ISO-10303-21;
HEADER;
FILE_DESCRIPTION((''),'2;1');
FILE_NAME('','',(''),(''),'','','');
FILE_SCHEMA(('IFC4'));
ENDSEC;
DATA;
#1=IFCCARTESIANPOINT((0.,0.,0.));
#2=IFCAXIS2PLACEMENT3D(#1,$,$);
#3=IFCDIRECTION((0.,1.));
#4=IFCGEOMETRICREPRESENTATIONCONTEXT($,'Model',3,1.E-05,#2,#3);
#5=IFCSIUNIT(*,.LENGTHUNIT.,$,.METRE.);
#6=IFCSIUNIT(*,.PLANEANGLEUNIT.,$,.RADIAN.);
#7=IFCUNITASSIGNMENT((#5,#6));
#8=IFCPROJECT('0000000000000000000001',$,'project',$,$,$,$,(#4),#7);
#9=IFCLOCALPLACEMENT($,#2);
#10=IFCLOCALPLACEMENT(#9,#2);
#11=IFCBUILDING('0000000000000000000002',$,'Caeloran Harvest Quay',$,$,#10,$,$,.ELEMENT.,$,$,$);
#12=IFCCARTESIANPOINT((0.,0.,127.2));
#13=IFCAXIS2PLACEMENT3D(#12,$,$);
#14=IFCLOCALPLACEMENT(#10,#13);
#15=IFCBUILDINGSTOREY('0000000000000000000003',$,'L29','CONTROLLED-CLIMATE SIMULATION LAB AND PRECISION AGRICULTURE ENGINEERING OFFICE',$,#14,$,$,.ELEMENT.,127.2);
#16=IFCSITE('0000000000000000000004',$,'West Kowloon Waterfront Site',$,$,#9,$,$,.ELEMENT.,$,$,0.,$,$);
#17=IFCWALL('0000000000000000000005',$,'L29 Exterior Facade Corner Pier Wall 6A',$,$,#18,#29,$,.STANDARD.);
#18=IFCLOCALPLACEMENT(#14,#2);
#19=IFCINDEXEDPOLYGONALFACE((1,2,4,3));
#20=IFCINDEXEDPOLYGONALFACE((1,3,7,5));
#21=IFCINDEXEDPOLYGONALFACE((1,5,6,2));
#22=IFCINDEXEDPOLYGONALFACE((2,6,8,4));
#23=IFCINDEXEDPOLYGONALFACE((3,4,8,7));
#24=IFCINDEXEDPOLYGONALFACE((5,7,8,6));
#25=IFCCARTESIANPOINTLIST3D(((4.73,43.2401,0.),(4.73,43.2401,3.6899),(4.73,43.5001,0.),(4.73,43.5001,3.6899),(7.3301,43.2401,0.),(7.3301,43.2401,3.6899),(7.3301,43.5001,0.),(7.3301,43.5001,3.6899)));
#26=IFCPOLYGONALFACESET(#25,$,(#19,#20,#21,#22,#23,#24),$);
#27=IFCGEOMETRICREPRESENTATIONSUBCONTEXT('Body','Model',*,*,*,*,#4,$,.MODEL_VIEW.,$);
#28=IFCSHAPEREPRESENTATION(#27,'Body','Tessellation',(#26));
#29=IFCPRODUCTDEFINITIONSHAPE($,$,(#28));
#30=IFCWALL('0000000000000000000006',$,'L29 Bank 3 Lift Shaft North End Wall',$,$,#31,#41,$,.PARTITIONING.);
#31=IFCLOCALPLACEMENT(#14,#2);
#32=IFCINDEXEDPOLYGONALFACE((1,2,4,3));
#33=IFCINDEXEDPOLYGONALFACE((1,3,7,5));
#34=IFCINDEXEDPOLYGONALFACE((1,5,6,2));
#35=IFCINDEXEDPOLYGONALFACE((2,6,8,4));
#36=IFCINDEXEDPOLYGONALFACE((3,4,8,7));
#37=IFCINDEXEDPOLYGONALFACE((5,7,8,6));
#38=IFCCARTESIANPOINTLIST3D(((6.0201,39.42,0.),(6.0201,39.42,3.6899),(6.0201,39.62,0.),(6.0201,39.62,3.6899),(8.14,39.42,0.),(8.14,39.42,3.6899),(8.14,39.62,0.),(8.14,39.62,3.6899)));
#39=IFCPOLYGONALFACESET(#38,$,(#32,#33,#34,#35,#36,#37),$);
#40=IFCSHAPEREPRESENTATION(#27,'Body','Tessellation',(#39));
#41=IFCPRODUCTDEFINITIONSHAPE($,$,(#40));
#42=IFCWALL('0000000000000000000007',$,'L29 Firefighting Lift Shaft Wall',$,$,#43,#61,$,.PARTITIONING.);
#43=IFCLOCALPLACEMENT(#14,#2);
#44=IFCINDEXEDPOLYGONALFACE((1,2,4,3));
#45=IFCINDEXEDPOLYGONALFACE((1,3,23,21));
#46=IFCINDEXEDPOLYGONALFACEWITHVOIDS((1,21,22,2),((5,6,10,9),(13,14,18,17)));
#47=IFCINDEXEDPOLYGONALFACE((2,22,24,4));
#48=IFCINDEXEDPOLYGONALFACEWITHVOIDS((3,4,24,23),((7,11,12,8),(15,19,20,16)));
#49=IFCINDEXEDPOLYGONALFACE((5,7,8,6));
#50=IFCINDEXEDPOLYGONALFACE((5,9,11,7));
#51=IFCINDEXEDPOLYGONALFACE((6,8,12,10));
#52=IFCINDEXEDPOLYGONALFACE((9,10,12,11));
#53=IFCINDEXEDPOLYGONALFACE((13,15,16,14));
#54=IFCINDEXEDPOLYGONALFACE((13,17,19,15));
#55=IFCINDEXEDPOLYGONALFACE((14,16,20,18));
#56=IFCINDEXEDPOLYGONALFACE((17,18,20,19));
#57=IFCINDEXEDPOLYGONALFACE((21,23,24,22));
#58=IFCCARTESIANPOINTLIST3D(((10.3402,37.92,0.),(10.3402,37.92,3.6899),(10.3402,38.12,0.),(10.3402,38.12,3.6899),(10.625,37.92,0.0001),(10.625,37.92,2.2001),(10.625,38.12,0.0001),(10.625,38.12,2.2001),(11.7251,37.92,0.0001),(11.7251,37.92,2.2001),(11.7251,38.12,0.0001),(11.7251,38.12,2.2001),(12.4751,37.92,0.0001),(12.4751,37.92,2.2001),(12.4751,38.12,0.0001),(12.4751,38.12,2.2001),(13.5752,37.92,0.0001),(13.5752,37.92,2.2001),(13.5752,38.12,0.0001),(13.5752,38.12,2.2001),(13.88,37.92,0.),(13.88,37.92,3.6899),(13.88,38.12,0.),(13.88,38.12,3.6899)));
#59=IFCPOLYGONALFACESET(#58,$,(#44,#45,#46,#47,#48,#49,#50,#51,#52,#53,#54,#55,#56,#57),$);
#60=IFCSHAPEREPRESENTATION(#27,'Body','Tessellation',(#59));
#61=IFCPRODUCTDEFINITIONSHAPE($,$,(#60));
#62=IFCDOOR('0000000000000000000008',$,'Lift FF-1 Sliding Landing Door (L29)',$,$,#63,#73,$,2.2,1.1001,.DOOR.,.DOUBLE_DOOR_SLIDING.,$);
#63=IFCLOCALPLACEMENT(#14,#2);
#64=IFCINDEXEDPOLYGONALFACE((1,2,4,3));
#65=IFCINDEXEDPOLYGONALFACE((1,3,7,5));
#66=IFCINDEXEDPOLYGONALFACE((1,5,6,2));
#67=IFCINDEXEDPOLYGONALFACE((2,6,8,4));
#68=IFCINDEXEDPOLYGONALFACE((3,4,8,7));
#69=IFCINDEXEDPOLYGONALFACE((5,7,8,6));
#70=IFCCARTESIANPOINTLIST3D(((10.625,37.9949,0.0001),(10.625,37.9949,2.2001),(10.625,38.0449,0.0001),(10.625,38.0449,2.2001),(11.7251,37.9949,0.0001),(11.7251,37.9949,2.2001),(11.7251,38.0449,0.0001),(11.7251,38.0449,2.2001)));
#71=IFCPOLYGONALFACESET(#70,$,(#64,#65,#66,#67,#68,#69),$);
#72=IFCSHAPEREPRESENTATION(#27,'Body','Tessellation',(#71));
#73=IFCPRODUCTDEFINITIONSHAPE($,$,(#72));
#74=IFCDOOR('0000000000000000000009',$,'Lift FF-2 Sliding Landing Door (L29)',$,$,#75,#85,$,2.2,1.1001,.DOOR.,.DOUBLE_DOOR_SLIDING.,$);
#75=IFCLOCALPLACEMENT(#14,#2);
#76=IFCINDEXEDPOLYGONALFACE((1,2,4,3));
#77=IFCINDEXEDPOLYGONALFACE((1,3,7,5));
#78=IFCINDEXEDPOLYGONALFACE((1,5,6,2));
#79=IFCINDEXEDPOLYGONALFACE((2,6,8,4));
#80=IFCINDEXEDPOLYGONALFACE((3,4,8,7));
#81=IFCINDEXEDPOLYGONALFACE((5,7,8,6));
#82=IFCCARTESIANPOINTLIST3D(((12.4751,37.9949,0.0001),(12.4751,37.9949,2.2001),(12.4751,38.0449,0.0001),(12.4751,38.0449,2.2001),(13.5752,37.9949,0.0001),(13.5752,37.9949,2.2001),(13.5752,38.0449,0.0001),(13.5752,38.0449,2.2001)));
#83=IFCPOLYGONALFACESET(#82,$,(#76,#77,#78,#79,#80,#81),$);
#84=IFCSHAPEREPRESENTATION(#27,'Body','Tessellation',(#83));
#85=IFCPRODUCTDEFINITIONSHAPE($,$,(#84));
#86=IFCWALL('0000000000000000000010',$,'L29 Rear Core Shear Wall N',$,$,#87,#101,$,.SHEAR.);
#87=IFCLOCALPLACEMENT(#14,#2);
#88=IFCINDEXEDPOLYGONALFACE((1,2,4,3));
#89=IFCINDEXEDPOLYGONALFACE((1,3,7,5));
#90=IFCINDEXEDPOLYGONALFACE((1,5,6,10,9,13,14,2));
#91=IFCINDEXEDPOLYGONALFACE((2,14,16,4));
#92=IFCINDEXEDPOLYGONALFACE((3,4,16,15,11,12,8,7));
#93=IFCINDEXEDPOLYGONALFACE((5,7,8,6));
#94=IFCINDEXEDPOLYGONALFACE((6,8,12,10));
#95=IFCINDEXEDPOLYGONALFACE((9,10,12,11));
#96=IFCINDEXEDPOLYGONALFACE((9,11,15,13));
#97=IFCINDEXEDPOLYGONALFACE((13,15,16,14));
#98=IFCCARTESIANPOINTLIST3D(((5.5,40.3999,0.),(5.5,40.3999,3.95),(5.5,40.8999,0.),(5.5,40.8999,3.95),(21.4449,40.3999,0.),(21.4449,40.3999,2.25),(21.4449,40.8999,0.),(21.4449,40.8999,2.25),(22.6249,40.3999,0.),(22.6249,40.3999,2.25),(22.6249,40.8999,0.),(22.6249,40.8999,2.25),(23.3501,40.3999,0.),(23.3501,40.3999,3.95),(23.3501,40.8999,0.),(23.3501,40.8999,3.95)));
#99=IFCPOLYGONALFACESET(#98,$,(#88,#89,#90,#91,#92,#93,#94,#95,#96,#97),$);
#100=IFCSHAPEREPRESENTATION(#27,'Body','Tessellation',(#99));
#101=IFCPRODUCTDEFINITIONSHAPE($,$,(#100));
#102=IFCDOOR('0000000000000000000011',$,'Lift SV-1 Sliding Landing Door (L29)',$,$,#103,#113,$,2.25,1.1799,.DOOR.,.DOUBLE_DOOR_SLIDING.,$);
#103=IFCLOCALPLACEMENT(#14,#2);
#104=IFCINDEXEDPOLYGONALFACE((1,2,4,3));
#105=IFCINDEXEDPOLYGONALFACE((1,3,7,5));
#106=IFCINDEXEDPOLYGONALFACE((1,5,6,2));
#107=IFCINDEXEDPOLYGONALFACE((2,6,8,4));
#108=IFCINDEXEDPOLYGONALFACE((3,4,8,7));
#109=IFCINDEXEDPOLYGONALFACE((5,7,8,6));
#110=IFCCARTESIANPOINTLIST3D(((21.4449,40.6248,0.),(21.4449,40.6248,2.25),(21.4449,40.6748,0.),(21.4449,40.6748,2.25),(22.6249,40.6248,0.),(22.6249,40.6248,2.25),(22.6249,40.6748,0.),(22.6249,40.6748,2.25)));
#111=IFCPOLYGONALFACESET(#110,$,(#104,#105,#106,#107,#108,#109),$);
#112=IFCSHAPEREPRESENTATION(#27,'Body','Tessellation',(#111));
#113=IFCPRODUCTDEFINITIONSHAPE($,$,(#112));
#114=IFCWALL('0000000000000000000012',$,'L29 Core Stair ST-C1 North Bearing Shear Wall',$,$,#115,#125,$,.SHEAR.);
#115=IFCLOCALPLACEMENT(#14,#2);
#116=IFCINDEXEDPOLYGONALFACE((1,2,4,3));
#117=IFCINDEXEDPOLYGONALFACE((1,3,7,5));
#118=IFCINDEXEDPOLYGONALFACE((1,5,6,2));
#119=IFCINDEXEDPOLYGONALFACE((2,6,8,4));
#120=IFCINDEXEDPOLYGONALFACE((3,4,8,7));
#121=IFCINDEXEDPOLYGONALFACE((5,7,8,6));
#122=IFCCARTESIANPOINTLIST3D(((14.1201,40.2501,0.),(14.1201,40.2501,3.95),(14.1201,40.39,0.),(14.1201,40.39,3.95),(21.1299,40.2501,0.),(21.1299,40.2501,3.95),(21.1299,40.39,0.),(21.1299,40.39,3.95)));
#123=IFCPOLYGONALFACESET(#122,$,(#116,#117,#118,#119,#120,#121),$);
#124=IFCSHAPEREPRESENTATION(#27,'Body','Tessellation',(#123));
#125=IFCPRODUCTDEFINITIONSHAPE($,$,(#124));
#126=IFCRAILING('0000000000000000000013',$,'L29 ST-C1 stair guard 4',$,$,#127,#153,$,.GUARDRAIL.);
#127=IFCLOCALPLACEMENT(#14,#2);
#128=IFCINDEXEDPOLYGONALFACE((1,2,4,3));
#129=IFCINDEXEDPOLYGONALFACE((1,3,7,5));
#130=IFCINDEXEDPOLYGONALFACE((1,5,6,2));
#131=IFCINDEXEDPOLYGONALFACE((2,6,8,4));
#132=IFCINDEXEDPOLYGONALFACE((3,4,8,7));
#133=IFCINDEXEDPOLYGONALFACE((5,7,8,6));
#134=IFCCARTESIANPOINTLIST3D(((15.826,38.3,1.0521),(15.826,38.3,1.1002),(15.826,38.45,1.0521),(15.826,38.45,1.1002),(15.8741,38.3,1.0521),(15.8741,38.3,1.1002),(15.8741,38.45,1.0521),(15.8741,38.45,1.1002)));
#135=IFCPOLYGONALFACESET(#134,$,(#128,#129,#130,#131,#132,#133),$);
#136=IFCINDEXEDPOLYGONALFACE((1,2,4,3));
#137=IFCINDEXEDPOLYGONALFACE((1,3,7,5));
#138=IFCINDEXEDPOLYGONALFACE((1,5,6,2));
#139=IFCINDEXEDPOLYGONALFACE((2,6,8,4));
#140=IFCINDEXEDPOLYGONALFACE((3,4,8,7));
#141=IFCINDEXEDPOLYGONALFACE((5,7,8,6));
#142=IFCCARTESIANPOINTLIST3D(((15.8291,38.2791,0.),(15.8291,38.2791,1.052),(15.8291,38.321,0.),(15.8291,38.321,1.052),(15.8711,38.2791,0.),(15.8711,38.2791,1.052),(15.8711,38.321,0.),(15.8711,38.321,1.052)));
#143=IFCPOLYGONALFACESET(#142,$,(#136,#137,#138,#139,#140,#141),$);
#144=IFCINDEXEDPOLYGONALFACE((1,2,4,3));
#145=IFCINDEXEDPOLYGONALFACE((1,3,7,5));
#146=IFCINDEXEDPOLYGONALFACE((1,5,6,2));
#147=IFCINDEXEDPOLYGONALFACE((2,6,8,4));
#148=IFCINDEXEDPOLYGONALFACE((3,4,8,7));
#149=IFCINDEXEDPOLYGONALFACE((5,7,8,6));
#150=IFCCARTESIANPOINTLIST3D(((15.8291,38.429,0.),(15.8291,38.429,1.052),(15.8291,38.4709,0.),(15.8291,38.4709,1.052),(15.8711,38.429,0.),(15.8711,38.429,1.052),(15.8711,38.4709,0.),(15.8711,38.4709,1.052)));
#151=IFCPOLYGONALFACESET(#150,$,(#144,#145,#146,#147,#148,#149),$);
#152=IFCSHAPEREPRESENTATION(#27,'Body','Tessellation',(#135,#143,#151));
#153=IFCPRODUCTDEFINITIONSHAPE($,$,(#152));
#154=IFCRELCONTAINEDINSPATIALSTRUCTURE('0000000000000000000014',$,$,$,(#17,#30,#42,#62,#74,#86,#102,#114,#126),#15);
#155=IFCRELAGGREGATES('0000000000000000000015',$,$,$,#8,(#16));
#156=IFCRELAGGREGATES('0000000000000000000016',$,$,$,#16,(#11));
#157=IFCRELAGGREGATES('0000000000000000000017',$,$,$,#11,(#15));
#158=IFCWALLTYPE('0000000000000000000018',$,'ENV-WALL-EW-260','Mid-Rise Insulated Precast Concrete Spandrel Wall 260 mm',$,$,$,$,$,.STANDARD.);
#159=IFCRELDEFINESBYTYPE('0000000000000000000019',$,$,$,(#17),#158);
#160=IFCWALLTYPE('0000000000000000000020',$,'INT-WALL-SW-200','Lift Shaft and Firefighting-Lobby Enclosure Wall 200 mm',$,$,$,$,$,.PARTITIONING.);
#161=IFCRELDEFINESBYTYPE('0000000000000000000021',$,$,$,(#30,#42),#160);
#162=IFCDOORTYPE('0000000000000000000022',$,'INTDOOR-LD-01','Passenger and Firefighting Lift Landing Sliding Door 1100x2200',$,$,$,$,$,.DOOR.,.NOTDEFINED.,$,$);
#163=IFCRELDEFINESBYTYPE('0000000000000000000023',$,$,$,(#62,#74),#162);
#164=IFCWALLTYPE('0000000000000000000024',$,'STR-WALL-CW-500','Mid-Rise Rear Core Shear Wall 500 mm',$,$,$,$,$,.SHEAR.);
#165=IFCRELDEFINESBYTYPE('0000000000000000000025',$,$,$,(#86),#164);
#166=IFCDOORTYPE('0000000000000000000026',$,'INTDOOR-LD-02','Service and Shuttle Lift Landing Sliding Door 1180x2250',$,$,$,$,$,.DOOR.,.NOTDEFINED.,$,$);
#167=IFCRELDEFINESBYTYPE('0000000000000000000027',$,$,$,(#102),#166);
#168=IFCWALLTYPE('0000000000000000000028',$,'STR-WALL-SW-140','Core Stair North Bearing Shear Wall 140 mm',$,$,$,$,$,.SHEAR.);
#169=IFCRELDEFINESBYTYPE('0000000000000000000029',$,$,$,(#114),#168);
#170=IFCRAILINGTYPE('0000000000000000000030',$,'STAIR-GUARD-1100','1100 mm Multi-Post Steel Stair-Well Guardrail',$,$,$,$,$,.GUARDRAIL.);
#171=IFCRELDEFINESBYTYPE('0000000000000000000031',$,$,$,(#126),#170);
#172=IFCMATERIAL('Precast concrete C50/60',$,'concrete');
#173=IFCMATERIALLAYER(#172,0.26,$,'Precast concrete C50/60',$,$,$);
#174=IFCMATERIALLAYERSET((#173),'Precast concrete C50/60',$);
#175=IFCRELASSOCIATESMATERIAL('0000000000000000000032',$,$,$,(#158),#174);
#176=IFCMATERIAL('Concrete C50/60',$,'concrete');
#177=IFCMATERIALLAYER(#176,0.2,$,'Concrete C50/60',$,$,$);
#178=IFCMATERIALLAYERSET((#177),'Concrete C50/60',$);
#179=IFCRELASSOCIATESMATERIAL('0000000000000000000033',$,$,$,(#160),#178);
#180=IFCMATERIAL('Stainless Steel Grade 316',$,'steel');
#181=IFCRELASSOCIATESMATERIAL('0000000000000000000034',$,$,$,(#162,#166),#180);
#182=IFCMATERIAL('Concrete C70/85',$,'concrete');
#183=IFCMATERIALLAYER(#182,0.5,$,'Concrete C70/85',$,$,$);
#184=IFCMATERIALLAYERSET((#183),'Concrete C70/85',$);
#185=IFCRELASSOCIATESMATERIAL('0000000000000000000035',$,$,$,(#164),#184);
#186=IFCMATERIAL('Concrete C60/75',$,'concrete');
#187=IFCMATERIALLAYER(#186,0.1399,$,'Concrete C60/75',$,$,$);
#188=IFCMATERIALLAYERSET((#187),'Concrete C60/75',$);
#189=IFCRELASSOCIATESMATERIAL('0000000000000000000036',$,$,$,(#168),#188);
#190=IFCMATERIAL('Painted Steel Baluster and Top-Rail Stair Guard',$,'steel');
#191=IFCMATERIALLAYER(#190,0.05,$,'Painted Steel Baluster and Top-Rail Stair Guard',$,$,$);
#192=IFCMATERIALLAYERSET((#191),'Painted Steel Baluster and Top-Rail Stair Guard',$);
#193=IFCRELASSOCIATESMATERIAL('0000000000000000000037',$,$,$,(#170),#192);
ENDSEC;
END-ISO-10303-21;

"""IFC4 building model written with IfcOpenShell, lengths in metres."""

from ifc_helpers import new_model, si_unit, direction, frame, frame_2d, origin, origin_2d, place, context, subcontext, project, spatial, rectangle, extrude, material, layer, layer_set, type_object, element, fill, save


model = new_model("IFC4")

# Units and contexts
model_context = context("Model", 3, precision=1e-05, world=origin(), true_north=direction((0.0, 1.0)))
body_context = subcontext(model_context, "Body", "Model", "MODEL_VIEW")
ifc_project = project(units=[si_unit("LENGTHUNIT", "METRE"), si_unit("PLANEANGLEUNIT", "RADIAN")], contexts=[model_context])

# Site, building, storey
site_placement = place(None, origin())
site = spatial("IfcSite", under=ifc_project, at=site_placement, Name="West Kowloon Waterfront Site", CompositionType="ELEMENT", RefElevation=0.0)
building_placement = place(site_placement, origin())
building = spatial("IfcBuilding", under=site, at=building_placement, Name="Caeloran Harvest Quay", CompositionType="ELEMENT")
storey_placement = place(building_placement, frame((0.0, 0.0, 127.2)))
storey = spatial("IfcBuildingStorey", under=building, at=storey_placement, Name="L29", Description="CONTROLLED-CLIMATE SIMULATION LAB AND PRECISION AGRICULTURE ENGINEERING OFFICE", CompositionType="ELEMENT", Elevation=127.2)

# Walls
ifc_material_1 = material(Name="Precast concrete C50/60", Category="concrete")
ifc_layer_1 = layer(ifc_material_1, 0.26, Name="Precast concrete C50/60")
ifc_layer_set_1 = layer_set([ifc_layer_1], Name="Precast concrete C50/60")
wall_type_1 = type_object("IfcWallType", Name="ENV-WALL-EW-260", Description="Mid-Rise Insulated Precast Concrete Spandrel Wall 260 mm", PredefinedType="STANDARD", material=ifc_layer_set_1)
wall_1_placement = place(storey_placement, frame((4.73, 43.3701, 0.0), z_axis=(0.0, 0.0, 1.0), x_axis=(1.0, 0.0, 0.0)))
element("IfcWall", 1, at=wall_1_placement, inside=storey, type_object=wall_type_1, Name="L29 Exterior Facade Corner Pier Wall 6A", PredefinedType="STANDARD", context=body_context, shape_type="SweptSolid", body=[
    extrude(rectangle(XDim=2.6001, YDim=0.26, at=frame_2d((1.3, 0.0))), origin(), (0.0, 0.0, 1.0), 3.6899),
])
ifc_material_2 = material(Name="Concrete C50/60", Category="concrete")
ifc_layer_2 = layer(ifc_material_2, 0.2, Name="Concrete C50/60")
ifc_layer_set_2 = layer_set([ifc_layer_2], Name="Concrete C50/60")
wall_type_2 = type_object("IfcWallType", Name="INT-WALL-SW-200", Description="Lift Shaft and Firefighting-Lobby Enclosure Wall 200 mm", PredefinedType="PARTITIONING", material=ifc_layer_set_2)
wall_2_placement = place(storey_placement, frame((6.02, 39.52, 0.0), z_axis=(0.0, 0.0, 1.0), x_axis=(1.0, 0.0, 0.0)))
element("IfcWall", 2, at=wall_2_placement, inside=storey, type_object=wall_type_2, Name="L29 Bank 3 Lift Shaft North End Wall", PredefinedType="PARTITIONING", context=body_context, shape_type="SweptSolid", body=[
    extrude(rectangle(XDim=2.1199, YDim=0.2, at=frame_2d((1.0601, 0.0))), origin(), (0.0, 0.0, 1.0), 3.6899),
])

# Wall, openings, doors
wall_3_placement = place(storey_placement, frame((10.3401, 38.02, 0.0), z_axis=(0.0, 0.0, 1.0), x_axis=(1.0, 0.0, 0.0)))
wall_3 = element("IfcWall", 3, at=wall_3_placement, inside=storey, type_object=wall_type_2, Name="L29 Firefighting Lift Shaft Wall", PredefinedType="PARTITIONING", context=body_context, shape_type="SweptSolid", body=[
    extrude(rectangle(XDim=3.5398, YDim=0.2, at=frame_2d((1.77, 0.0))), origin(), (0.0, 0.0, 1.0), 3.6899),
])
opening_1_placement = place(wall_3_placement, frame((0.2849, 0.0, 0.0)))
opening_1 = element("IfcOpeningElement", 4, at=opening_1_placement, cuts=wall_3, PredefinedType="OPENING", context=body_context, shape_type="SweptSolid", body=[
    extrude(rectangle(XDim=1.1001, YDim=2.2, at=frame_2d((0.55, 1.1001))), frame((0.0, 0.1099, 0.0), z_axis=(0.0, -1.0, 0.0), x_axis=(1.0, 0.0, 0.0)), (0.0, 0.0, 1.0), 0.22),
])
opening_2_placement = place(wall_3_placement, frame((2.135, 0.0, 0.0)))
opening_2 = element("IfcOpeningElement", 5, at=opening_2_placement, cuts=wall_3, PredefinedType="OPENING", context=body_context, shape_type="SweptSolid", body=[
    extrude(rectangle(XDim=1.1001, YDim=2.2, at=frame_2d((0.55, 1.1001))), frame((0.0, 0.1099, 0.0), z_axis=(0.0, -1.0, 0.0), x_axis=(1.0, 0.0, 0.0)), (0.0, 0.0, 1.0), 0.22),
])
ifc_material_3 = material(Name="Stainless Steel Grade 316", Category="steel")
door_type_1 = type_object("IfcDoorType", Name="INTDOOR-LD-01", Description="Passenger and Firefighting Lift Landing Sliding Door 1100x2200", OperationType="NOTDEFINED", PredefinedType="DOOR", material=ifc_material_3)
door_1_placement = place(opening_1_placement, origin())
door_1 = element("IfcDoor", 6, at=door_1_placement, inside=storey, type_object=door_type_1, Name="Lift FF-1 Sliding Landing Door (L29)", OperationType="DOUBLE_DOOR_SLIDING", OverallHeight=2.2, OverallWidth=1.1001, PredefinedType="DOOR", context=body_context, shape_type="SweptSolid", body=[
    extrude(rectangle(XDim=1.1001, YDim=2.2, at=frame_2d((0.55, 1.1001))), frame((0.0, 0.0249, 0.0), z_axis=(0.0, -1.0, 0.0), x_axis=(1.0, 0.0, 0.0)), (0.0, 0.0, 1.0), 0.05),
])
fill(opening_1, door_1)
door_2_placement = place(opening_2_placement, origin())
door_2 = element("IfcDoor", 7, at=door_2_placement, inside=storey, type_object=door_type_1, Name="Lift FF-2 Sliding Landing Door (L29)", OperationType="DOUBLE_DOOR_SLIDING", OverallHeight=2.2, OverallWidth=1.1001, PredefinedType="DOOR", context=body_context, shape_type="SweptSolid", body=[
    extrude(rectangle(XDim=1.1001, YDim=2.2, at=frame_2d((0.55, 1.1001))), frame((0.0, 0.0249, 0.0), z_axis=(0.0, -1.0, 0.0), x_axis=(1.0, 0.0, 0.0)), (0.0, 0.0, 1.0), 0.05),
])
fill(opening_2, door_2)

# Wall, opening, door
ifc_material_4 = material(Name="Concrete C70/85", Category="concrete")
ifc_layer_3 = layer(ifc_material_4, 0.5, Name="Concrete C70/85")
ifc_layer_set_3 = layer_set([ifc_layer_3], Name="Concrete C70/85")
wall_type_3 = type_object("IfcWallType", Name="STR-WALL-CW-500", Description="Mid-Rise Rear Core Shear Wall 500 mm", PredefinedType="SHEAR", material=ifc_layer_set_3)
wall_4_placement = place(storey_placement, frame((5.5, 40.6499, 0.0), z_axis=(0.0, 0.0, 1.0), x_axis=(1.0, 0.0, 0.0)))
wall_4 = element("IfcWall", 8, at=wall_4_placement, inside=storey, type_object=wall_type_3, Name="L29 Rear Core Shear Wall N", PredefinedType="SHEAR", context=body_context, shape_type="SweptSolid", body=[
    extrude(rectangle(XDim=17.8501, YDim=0.5, at=frame_2d((8.925, 0.0))), origin(), (0.0, 0.0, 1.0), 3.95),
])
opening_3_placement = place(wall_4_placement, frame((15.9451, 0.0, 0.0)))
opening_3 = element("IfcOpeningElement", 9, at=opening_3_placement, cuts=wall_4, PredefinedType="OPENING", context=body_context, shape_type="SweptSolid", body=[
    extrude(rectangle(XDim=1.1799, YDim=2.25, at=frame_2d((0.5898, 1.125))), frame((0.0, 0.26, 0.0), z_axis=(0.0, -1.0, 0.0), x_axis=(1.0, 0.0, 0.0)), (0.0, 0.0, 1.0), 0.52),
])
door_type_2 = type_object("IfcDoorType", Name="INTDOOR-LD-02", Description="Service and Shuttle Lift Landing Sliding Door 1180x2250", OperationType="NOTDEFINED", PredefinedType="DOOR", material=ifc_material_3)
door_3_placement = place(opening_3_placement, origin())
door_3 = element("IfcDoor", 10, at=door_3_placement, inside=storey, type_object=door_type_2, Name="Lift SV-1 Sliding Landing Door (L29)", OperationType="DOUBLE_DOOR_SLIDING", OverallHeight=2.25, OverallWidth=1.1799, PredefinedType="DOOR", context=body_context, shape_type="SweptSolid", body=[
    extrude(rectangle(XDim=1.1799, YDim=2.25, at=frame_2d((0.5898, 1.125))), frame((0.0, 0.0249, 0.0), z_axis=(0.0, -1.0, 0.0), x_axis=(1.0, 0.0, 0.0)), (0.0, 0.0, 1.0), 0.05),
])
fill(opening_3, door_3)

# Wall
ifc_material_5 = material(Name="Concrete C60/75", Category="concrete")
ifc_layer_4 = layer(ifc_material_5, 0.1399, Name="Concrete C60/75")
ifc_layer_set_4 = layer_set([ifc_layer_4], Name="Concrete C60/75")
wall_type_4 = type_object("IfcWallType", Name="STR-WALL-SW-140", Description="Core Stair North Bearing Shear Wall 140 mm", PredefinedType="SHEAR", material=ifc_layer_set_4)
wall_5_placement = place(storey_placement, frame((14.1201, 40.3201, 0.0), z_axis=(0.0, 0.0, 1.0), x_axis=(1.0, 0.0, 0.0)))
element("IfcWall", 11, at=wall_5_placement, inside=storey, type_object=wall_type_4, Name="L29 Core Stair ST-C1 North Bearing Shear Wall", PredefinedType="SHEAR", context=body_context, shape_type="SweptSolid", body=[
    extrude(rectangle(XDim=7.0098, YDim=0.1399, at=frame_2d((3.5049, 0.0))), origin(), (0.0, 0.0, 1.0), 3.95),
])

# Railing
ifc_material_6 = material(Name="Painted Steel Baluster and Top-Rail Stair Guard", Category="steel")
ifc_layer_5 = layer(ifc_material_6, 0.05, Name="Painted Steel Baluster and Top-Rail Stair Guard")
ifc_layer_set_5 = layer_set([ifc_layer_5], Name="Painted Steel Baluster and Top-Rail Stair Guard")
railing_type = type_object("IfcRailingType", Name="STAIR-GUARD-1100", Description="1100 mm Multi-Post Steel Stair-Well Guardrail", PredefinedType="GUARDRAIL", material=ifc_layer_set_5)
railing_placement = place(storey_placement, frame((15.8501, 38.3, 0.0)))
element("IfcRailing", 12, at=railing_placement, inside=storey, type_object=railing_type, Name="L29 ST-C1 stair guard 4", PredefinedType="GUARDRAIL", context=body_context, shape_type="SweptSolid", body=[
    extrude(rectangle(XDim=0.0481, YDim=0.0481, at=origin_2d()), frame((0.0, 0.0, 1.0762), z_axis=(0.0, 1.0, 0.0), x_axis=(-1.0, 0.0, 0.0)), (0.0, 0.0, 1.0), 0.1499),
    extrude(rectangle(XDim=0.042, YDim=0.042, at=origin_2d()), origin(), (0.0, 0.0, 1.0), 1.052),
    extrude(rectangle(XDim=0.042, YDim=0.042, at=origin_2d()), frame((0.0, 0.1499, 0.0)), (0.0, 0.0, 1.0), 1.052),
])

save(model, "model.ifc")
